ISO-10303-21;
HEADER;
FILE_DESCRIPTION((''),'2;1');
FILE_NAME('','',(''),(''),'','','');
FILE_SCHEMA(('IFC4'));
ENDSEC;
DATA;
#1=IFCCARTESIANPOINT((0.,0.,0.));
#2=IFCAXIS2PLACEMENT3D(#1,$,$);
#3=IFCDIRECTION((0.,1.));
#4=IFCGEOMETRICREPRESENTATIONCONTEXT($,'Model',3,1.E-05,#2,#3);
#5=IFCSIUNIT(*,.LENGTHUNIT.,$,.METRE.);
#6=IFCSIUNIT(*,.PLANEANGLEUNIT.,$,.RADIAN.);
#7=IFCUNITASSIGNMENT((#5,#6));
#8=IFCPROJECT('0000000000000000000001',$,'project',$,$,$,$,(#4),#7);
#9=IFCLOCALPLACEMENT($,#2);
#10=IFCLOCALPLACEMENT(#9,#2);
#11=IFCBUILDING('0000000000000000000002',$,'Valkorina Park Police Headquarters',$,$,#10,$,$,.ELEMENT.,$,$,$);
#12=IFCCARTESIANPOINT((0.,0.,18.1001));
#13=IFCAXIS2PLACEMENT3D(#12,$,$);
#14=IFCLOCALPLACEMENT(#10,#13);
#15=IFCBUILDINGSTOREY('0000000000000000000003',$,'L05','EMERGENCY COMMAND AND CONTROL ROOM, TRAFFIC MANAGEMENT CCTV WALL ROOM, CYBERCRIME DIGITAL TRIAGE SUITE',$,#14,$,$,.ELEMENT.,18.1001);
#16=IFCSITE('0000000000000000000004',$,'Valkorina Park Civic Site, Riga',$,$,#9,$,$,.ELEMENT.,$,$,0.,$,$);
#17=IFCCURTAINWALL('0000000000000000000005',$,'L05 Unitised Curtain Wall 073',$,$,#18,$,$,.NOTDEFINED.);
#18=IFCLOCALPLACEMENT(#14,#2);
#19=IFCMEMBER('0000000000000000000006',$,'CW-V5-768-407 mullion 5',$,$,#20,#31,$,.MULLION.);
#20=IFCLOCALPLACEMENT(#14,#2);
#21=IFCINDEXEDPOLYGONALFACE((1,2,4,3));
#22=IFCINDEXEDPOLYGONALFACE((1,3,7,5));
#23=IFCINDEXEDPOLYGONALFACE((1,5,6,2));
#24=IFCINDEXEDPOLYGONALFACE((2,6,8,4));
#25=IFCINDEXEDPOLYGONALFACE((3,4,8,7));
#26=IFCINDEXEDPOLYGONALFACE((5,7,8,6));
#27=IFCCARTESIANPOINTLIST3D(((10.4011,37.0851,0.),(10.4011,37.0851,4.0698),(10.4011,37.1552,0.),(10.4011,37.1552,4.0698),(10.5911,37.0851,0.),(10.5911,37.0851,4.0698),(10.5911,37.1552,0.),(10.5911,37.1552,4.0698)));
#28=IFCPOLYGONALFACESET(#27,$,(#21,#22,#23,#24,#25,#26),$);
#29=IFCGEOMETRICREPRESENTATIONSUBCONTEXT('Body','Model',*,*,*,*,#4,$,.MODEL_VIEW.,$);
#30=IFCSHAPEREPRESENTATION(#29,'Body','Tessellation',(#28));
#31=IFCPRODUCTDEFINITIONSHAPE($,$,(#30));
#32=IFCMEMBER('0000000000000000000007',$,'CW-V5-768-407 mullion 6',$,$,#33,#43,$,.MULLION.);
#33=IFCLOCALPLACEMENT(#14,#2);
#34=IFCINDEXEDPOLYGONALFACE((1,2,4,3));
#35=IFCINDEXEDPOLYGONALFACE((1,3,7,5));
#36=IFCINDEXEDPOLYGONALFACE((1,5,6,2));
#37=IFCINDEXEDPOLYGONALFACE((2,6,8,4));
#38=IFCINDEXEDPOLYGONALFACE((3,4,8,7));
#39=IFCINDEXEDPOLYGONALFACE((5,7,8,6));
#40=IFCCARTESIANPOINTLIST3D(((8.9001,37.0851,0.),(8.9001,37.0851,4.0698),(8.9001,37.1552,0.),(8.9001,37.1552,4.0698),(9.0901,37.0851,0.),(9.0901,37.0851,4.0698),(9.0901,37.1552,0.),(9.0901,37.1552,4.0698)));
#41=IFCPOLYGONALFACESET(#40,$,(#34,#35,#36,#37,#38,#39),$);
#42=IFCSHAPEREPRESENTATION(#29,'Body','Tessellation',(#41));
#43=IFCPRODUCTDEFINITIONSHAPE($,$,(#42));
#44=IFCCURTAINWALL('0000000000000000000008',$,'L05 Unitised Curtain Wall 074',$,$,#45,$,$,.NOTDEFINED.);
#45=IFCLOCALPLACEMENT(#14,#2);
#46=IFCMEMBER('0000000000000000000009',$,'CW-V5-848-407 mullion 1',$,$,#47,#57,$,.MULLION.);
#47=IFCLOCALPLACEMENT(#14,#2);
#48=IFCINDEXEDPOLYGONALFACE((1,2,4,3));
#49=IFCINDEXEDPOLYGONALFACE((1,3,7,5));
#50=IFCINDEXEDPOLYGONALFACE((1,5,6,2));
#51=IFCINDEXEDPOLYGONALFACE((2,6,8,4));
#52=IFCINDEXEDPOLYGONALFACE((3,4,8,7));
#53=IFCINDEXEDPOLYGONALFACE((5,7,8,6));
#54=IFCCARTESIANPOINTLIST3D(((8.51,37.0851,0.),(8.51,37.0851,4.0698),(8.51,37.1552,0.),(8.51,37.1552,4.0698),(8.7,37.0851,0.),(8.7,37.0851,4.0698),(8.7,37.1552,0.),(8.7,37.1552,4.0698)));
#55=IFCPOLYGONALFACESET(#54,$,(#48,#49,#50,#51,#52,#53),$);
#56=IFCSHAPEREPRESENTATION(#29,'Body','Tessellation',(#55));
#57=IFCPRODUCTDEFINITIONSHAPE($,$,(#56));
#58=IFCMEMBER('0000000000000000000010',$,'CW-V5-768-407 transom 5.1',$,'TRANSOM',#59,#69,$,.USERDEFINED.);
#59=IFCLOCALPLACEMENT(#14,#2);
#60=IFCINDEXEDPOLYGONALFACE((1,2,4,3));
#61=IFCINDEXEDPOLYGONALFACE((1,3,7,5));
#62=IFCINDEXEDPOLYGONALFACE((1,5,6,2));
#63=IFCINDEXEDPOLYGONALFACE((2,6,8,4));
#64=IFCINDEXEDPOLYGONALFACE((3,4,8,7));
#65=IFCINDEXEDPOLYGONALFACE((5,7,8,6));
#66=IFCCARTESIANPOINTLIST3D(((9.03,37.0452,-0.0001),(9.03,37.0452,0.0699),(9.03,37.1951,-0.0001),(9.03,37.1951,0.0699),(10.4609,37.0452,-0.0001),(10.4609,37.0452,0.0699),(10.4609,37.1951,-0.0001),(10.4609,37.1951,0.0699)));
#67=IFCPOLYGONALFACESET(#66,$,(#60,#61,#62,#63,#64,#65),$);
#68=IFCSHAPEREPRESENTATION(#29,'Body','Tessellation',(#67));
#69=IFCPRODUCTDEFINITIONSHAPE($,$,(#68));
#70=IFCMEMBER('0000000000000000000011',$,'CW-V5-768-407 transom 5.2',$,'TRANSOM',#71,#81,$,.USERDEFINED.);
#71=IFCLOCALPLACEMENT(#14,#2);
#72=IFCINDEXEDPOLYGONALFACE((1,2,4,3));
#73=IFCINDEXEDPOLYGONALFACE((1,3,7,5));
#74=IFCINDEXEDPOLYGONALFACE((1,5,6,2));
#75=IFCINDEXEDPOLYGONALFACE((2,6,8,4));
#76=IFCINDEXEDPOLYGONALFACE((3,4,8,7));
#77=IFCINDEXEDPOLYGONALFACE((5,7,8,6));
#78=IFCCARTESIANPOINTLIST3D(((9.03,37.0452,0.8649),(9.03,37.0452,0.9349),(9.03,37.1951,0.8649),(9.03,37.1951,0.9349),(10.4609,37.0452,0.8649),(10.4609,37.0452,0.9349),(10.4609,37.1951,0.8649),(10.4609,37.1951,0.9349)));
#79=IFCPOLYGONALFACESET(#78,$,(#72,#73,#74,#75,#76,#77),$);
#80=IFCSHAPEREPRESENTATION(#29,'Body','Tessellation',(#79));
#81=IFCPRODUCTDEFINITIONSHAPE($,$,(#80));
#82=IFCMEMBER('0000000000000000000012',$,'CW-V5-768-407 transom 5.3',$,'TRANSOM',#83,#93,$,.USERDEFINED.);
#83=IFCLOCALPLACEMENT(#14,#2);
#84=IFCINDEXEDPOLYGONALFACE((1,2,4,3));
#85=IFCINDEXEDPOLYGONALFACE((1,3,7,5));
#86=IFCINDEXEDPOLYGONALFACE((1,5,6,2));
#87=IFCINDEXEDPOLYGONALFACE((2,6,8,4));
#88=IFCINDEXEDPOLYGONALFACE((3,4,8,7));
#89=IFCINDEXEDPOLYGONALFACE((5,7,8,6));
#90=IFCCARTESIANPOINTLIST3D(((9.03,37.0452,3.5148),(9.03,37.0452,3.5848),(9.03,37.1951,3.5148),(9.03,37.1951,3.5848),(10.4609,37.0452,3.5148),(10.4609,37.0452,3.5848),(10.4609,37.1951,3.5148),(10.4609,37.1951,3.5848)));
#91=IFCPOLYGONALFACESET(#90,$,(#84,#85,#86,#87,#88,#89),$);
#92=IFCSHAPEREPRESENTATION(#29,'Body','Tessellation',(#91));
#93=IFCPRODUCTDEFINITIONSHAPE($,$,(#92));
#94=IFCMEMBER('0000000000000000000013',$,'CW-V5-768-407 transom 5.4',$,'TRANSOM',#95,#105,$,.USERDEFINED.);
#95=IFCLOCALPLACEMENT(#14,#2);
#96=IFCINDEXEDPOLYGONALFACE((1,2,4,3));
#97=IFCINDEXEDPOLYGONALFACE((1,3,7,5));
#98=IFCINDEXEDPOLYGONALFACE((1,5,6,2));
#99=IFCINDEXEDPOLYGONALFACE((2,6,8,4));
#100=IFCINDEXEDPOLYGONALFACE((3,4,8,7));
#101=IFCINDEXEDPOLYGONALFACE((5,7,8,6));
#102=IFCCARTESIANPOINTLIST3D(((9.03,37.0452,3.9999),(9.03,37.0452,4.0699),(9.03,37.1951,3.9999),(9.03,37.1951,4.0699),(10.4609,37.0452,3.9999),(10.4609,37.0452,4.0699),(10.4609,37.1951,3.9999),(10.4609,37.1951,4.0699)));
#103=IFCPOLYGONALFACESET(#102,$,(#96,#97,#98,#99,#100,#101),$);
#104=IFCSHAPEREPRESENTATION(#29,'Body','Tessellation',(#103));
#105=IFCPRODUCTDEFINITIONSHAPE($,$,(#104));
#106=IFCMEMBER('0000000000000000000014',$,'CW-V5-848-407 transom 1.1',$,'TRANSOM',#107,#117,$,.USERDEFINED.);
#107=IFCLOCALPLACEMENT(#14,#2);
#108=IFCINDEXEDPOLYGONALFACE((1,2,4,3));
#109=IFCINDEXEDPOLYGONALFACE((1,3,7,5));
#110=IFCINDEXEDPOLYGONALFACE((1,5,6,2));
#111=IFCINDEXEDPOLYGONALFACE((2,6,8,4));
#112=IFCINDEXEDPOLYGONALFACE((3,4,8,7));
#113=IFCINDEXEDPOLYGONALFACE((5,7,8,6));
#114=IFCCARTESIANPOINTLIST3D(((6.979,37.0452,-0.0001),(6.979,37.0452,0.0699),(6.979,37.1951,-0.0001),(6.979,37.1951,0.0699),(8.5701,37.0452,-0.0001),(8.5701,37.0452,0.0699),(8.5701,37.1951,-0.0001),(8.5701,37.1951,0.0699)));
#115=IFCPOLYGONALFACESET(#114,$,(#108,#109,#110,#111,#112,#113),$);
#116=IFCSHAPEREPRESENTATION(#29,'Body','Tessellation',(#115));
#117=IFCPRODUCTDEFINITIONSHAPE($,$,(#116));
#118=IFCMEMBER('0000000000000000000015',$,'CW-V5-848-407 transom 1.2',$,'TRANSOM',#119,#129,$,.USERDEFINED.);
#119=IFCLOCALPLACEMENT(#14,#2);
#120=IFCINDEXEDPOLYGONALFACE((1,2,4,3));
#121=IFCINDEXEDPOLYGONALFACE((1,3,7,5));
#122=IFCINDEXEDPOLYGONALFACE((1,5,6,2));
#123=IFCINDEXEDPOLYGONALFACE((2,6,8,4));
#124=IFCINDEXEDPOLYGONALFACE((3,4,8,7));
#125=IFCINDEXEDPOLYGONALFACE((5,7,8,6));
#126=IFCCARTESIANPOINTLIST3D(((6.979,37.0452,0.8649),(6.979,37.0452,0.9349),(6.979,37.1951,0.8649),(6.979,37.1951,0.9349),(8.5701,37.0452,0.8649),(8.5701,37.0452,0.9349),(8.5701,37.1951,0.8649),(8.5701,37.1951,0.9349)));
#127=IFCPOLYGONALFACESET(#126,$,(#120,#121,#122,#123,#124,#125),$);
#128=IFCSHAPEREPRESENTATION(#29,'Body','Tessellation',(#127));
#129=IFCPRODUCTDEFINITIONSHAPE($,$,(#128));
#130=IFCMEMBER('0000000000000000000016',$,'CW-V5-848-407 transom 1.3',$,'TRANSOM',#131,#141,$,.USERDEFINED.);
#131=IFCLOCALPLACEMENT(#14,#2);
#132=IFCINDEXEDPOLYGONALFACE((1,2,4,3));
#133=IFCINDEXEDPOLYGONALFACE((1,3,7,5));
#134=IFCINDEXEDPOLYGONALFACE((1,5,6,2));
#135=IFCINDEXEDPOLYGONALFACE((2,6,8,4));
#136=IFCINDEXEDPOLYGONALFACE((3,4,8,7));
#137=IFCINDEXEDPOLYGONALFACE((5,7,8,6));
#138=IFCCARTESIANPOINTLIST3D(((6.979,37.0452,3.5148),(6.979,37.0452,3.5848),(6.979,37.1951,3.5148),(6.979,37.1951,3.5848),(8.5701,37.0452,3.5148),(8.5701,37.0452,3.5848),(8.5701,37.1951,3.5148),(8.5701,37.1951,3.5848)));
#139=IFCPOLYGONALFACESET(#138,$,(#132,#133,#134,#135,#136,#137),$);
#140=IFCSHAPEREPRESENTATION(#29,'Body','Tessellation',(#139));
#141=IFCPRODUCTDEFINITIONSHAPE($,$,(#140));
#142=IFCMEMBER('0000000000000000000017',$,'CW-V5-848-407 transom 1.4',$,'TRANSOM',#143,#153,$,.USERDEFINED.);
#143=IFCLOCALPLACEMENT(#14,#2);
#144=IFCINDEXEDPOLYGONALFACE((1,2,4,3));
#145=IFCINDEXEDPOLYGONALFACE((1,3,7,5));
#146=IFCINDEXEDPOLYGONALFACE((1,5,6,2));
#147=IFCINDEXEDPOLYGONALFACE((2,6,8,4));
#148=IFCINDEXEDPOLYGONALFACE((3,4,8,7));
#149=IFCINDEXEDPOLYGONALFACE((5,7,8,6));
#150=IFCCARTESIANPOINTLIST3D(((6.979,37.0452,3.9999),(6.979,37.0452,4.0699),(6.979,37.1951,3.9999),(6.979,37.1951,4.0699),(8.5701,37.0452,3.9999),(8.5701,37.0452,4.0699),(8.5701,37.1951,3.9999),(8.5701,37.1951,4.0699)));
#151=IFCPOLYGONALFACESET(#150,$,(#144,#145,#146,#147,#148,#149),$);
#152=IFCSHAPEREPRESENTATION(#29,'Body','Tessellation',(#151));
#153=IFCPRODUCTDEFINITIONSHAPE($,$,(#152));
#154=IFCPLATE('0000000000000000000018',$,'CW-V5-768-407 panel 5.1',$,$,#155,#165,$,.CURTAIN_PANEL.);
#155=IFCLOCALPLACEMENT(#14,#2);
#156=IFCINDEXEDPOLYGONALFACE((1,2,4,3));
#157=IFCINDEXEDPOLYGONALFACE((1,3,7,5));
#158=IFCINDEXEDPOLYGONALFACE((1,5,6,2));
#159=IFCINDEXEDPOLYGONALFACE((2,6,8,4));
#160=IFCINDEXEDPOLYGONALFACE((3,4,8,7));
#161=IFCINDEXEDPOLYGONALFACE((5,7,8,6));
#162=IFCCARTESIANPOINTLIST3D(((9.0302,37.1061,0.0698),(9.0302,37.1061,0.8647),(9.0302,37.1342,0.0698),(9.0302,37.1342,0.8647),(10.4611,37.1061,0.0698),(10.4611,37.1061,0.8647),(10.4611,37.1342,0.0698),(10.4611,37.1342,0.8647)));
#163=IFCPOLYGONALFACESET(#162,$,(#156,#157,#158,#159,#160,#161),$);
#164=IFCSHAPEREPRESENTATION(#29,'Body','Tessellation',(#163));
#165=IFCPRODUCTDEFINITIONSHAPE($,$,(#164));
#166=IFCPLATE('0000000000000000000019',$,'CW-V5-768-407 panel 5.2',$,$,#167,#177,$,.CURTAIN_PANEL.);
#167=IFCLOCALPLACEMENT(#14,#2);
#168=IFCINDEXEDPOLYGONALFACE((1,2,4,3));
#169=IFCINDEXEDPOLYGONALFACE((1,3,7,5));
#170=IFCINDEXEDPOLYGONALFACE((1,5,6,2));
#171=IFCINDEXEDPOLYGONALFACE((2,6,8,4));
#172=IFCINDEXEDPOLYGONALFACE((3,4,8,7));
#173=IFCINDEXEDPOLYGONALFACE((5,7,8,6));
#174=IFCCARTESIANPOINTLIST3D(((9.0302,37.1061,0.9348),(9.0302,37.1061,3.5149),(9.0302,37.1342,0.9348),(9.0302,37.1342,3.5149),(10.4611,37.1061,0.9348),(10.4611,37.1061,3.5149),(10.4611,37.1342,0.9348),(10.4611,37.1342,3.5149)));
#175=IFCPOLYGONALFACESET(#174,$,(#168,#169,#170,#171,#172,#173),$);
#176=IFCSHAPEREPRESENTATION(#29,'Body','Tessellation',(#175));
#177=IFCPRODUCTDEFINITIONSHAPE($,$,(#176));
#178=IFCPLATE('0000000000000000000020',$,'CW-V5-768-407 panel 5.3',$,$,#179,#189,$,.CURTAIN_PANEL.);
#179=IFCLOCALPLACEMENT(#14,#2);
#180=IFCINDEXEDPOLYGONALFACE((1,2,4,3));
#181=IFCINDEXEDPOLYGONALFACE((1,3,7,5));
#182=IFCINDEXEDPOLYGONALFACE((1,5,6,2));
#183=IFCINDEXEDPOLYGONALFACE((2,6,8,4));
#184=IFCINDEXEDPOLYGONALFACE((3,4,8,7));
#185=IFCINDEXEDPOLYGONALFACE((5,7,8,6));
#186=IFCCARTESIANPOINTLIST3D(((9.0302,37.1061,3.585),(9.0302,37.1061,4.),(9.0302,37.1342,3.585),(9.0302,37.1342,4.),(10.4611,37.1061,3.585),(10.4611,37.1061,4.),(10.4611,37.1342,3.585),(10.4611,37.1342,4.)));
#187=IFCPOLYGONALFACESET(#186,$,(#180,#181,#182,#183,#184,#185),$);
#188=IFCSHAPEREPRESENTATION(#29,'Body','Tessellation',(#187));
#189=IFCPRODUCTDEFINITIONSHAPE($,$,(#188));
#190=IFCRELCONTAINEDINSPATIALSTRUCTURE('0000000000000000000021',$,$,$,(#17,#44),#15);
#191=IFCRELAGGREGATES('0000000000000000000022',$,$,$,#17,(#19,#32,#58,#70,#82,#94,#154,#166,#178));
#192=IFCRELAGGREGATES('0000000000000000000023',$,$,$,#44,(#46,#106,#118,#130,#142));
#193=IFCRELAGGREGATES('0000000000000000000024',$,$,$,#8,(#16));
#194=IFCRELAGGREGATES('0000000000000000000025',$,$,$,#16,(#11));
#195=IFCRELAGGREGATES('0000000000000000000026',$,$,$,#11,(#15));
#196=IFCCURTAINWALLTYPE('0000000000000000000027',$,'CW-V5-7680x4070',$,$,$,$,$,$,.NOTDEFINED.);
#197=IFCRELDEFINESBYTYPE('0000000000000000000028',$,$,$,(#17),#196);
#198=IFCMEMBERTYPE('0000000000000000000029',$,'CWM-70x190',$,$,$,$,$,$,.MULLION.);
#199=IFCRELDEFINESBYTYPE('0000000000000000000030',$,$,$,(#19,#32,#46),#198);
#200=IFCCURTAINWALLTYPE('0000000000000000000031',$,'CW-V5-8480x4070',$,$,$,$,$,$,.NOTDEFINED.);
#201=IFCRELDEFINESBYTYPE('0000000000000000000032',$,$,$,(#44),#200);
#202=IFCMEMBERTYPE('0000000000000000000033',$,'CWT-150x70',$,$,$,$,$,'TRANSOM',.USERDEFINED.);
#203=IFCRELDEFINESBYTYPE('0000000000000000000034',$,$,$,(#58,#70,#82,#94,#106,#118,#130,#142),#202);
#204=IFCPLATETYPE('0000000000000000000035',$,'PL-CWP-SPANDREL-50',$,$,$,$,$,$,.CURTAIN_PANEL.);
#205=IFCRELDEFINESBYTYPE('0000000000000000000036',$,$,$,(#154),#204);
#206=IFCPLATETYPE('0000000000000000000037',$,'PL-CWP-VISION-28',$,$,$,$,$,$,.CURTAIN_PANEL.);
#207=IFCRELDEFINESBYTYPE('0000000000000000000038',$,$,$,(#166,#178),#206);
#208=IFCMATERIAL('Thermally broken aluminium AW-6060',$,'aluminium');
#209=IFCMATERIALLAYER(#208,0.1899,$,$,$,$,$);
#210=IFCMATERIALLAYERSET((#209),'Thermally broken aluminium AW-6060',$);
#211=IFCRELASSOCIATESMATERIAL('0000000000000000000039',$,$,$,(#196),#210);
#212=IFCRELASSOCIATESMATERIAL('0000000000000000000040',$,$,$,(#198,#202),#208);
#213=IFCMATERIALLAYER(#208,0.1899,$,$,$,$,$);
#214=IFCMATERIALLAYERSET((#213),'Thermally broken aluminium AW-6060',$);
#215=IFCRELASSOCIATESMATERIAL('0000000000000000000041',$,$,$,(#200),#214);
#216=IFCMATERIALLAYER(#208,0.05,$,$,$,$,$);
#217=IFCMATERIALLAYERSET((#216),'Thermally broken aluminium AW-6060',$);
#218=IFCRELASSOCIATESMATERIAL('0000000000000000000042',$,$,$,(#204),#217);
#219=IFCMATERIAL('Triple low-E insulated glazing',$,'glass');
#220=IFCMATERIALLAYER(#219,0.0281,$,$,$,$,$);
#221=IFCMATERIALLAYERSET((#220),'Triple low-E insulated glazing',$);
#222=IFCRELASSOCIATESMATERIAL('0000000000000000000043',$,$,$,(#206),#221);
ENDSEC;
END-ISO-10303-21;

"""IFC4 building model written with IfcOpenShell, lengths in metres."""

from ifc_helpers import new_model, si_unit, direction, frame, origin, origin_2d, place, context, subcontext, project, spatial, rectangle, extrude, material, layer, layer_set, material_profile, profile_set, type_object, element, aggregate, save


model = new_model("IFC4")

# Units and contexts
model_context = context("Model", 3, precision=1e-05, world=origin(), true_north=direction((0.0, 1.0)))
body_context = subcontext(model_context, "Body", "Model", "MODEL_VIEW")
ifc_project = project(units=[si_unit("LENGTHUNIT", "METRE"), si_unit("PLANEANGLEUNIT", "RADIAN")], contexts=[model_context])

# Site, building, storey
site_placement = place(None, origin())
site = spatial("IfcSite", under=ifc_project, at=site_placement, Name="Valkorina Park Civic Site, Riga", CompositionType="ELEMENT", RefElevation=0.0)
building_placement = place(site_placement, origin())
building = spatial("IfcBuilding", under=site, at=building_placement, Name="Valkorina Park Police Headquarters", CompositionType="ELEMENT")
storey_placement = place(building_placement, frame((0.0, 0.0, 18.1001)))
storey = spatial("IfcBuildingStorey", under=building, at=storey_placement, Name="L05", Description="EMERGENCY COMMAND AND CONTROL ROOM, TRAFFIC MANAGEMENT CCTV WALL ROOM, CYBERCRIME DIGITAL TRIAGE SUITE", CompositionType="ELEMENT", Elevation=18.1001)

# Curtain wall, members
ifc_material_1 = material(Name="Thermally broken aluminium AW-6060", Category="aluminium")
ifc_layer_1 = layer(ifc_material_1, 0.1899)
ifc_layer_set_1 = layer_set([ifc_layer_1], Name="Thermally broken aluminium AW-6060")
curtain_wall_type_1 = type_object("IfcCurtainWallType", Name="CW-V5-7680x4070", PredefinedType="NOTDEFINED", material=ifc_layer_set_1)
curtain_wall_1_placement = place(storey_placement, origin())
curtain_wall_1 = element("IfcCurtainWall", 1, at=curtain_wall_1_placement, inside=storey, type_object=curtain_wall_type_1, Name="L05 Unitised Curtain Wall 073", PredefinedType="NOTDEFINED")
ifc_material_profile_1 = material_profile(ifc_material_1, rectangle(XDim=0.0701, YDim=0.1899, at=origin_2d()), Name="CWM-02 70x190")
ifc_profile_set_1 = profile_set([ifc_material_profile_1], Name="Thermally broken aluminium AW-6060")
member_type_1 = type_object("IfcMemberType", Name="CWM-70x190", PredefinedType="MULLION", material=ifc_profile_set_1)
member_1_placement = place(storey_placement, frame((10.4961, 37.1201, 0.0), z_axis=(0.0, 0.0, 1.0), x_axis=(0.0, -1.0, 0.0)))
member_1 = element("IfcMember", 2, at=member_1_placement, type_object=member_type_1, Name="CW-V5-768-407 mullion 5", PredefinedType="MULLION", context=body_context, shape_type="SweptSolid", body=[
    extrude(rectangle(XDim=0.0701, YDim=0.1899, at=origin_2d()), origin(), (0.0, 0.0, 1.0), 4.0698),
])
member_2_placement = place(storey_placement, frame((8.9951, 37.1201, 0.0), z_axis=(0.0, 0.0, 1.0), x_axis=(0.0, -1.0, 0.0)))
member_2 = element("IfcMember", 3, at=member_2_placement, type_object=member_type_1, Name="CW-V5-768-407 mullion 6", PredefinedType="MULLION", context=body_context, shape_type="SweptSolid", body=[
    extrude(rectangle(XDim=0.0701, YDim=0.1899, at=origin_2d()), origin(), (0.0, 0.0, 1.0), 4.0698),
])

# Curtain wall, member
ifc_layer_2 = layer(ifc_material_1, 0.1899)
ifc_layer_set_2 = layer_set([ifc_layer_2], Name="Thermally broken aluminium AW-6060")
curtain_wall_type_2 = type_object("IfcCurtainWallType", Name="CW-V5-8480x4070", PredefinedType="NOTDEFINED", material=ifc_layer_set_2)
curtain_wall_2_placement = place(storey_placement, origin())
curtain_wall_2 = element("IfcCurtainWall", 4, at=curtain_wall_2_placement, inside=storey, type_object=curtain_wall_type_2, Name="L05 Unitised Curtain Wall 074", PredefinedType="NOTDEFINED")
member_3_placement = place(storey_placement, frame((8.605, 37.1201, 0.0), z_axis=(0.0, 0.0, 1.0), x_axis=(0.0, -1.0, 0.0)))
member_3 = element("IfcMember", 5, at=member_3_placement, type_object=member_type_1, Name="CW-V5-848-407 mullion 1", PredefinedType="MULLION", context=body_context, shape_type="SweptSolid", body=[
    extrude(rectangle(XDim=0.0701, YDim=0.1899, at=origin_2d()), origin(), (0.0, 0.0, 1.0), 4.0698),
])

# Members
ifc_material_profile_2 = material_profile(ifc_material_1, rectangle(XDim=0.1499, YDim=0.0701, at=origin_2d()), Name="CWT-02 150x70")
ifc_profile_set_2 = profile_set([ifc_material_profile_2], Name="Thermally broken aluminium AW-6060")
member_type_2 = type_object("IfcMemberType", Name="CWT-150x70", ElementType="TRANSOM", PredefinedType="USERDEFINED", material=ifc_profile_set_2)
member_4_placement = place(storey_placement, frame((10.4609, 37.1201, 0.0349), z_axis=(-1.0, 0.0, 0.0), x_axis=(0.0, -1.0, 0.0)))
member_4 = element("IfcMember", 6, at=member_4_placement, type_object=member_type_2, Name="CW-V5-768-407 transom 5.1", ObjectType="TRANSOM", PredefinedType="USERDEFINED", context=body_context, shape_type="SweptSolid", body=[
    extrude(rectangle(XDim=0.1499, YDim=0.0701, at=origin_2d()), origin(), (0.0, 0.0, 1.0), 1.4309),
])
member_5_placement = place(storey_placement, frame((10.4609, 37.1201, 0.8999), z_axis=(-1.0, 0.0, 0.0), x_axis=(0.0, -1.0, 0.0)))
member_5 = element("IfcMember", 7, at=member_5_placement, type_object=member_type_2, Name="CW-V5-768-407 transom 5.2", ObjectType="TRANSOM", PredefinedType="USERDEFINED", context=body_context, shape_type="SweptSolid", body=[
    extrude(rectangle(XDim=0.1499, YDim=0.0701, at=origin_2d()), origin(), (0.0, 0.0, 1.0), 1.4309),
])
member_6_placement = place(storey_placement, frame((10.4609, 37.1201, 3.5498), z_axis=(-1.0, 0.0, 0.0), x_axis=(0.0, -1.0, 0.0)))
member_6 = element("IfcMember", 8, at=member_6_placement, type_object=member_type_2, Name="CW-V5-768-407 transom 5.3", ObjectType="TRANSOM", PredefinedType="USERDEFINED", context=body_context, shape_type="SweptSolid", body=[
    extrude(rectangle(XDim=0.1499, YDim=0.0701, at=origin_2d()), origin(), (0.0, 0.0, 1.0), 1.4309),
])
member_7_placement = place(storey_placement, frame((10.4609, 37.1201, 4.0349), z_axis=(-1.0, 0.0, 0.0), x_axis=(0.0, -1.0, 0.0)))
member_7 = element("IfcMember", 9, at=member_7_placement, type_object=member_type_2, Name="CW-V5-768-407 transom 5.4", ObjectType="TRANSOM", PredefinedType="USERDEFINED", context=body_context, shape_type="SweptSolid", body=[
    extrude(rectangle(XDim=0.1499, YDim=0.0701, at=origin_2d()), origin(), (0.0, 0.0, 1.0), 1.4309),
])
member_8_placement = place(storey_placement, frame((8.5701, 37.1201, 0.0349), z_axis=(-1.0, 0.0, 0.0), x_axis=(0.0, -1.0, 0.0)))
member_8 = element("IfcMember", 10, at=member_8_placement, type_object=member_type_2, Name="CW-V5-848-407 transom 1.1", ObjectType="TRANSOM", PredefinedType="USERDEFINED", context=body_context, shape_type="SweptSolid", body=[
    extrude(rectangle(XDim=0.1499, YDim=0.0701, at=origin_2d()), origin(), (0.0, 0.0, 1.0), 1.5911),
])
member_9_placement = place(storey_placement, frame((8.5701, 37.1201, 0.8999), z_axis=(-1.0, 0.0, 0.0), x_axis=(0.0, -1.0, 0.0)))
member_9 = element("IfcMember", 11, at=member_9_placement, type_object=member_type_2, Name="CW-V5-848-407 transom 1.2", ObjectType="TRANSOM", PredefinedType="USERDEFINED", context=body_context, shape_type="SweptSolid", body=[
    extrude(rectangle(XDim=0.1499, YDim=0.0701, at=origin_2d()), origin(), (0.0, 0.0, 1.0), 1.5911),
])
member_10_placement = place(storey_placement, frame((8.5701, 37.1201, 3.5498), z_axis=(-1.0, 0.0, 0.0), x_axis=(0.0, -1.0, 0.0)))
member_10 = element("IfcMember", 12, at=member_10_placement, type_object=member_type_2, Name="CW-V5-848-407 transom 1.3", ObjectType="TRANSOM", PredefinedType="USERDEFINED", context=body_context, shape_type="SweptSolid", body=[
    extrude(rectangle(XDim=0.1499, YDim=0.0701, at=origin_2d()), origin(), (0.0, 0.0, 1.0), 1.5911),
])
member_11_placement = place(storey_placement, frame((8.5701, 37.1201, 4.0349), z_axis=(-1.0, 0.0, 0.0), x_axis=(0.0, -1.0, 0.0)))
member_11 = element("IfcMember", 13, at=member_11_placement, type_object=member_type_2, Name="CW-V5-848-407 transom 1.4", ObjectType="TRANSOM", PredefinedType="USERDEFINED", context=body_context, shape_type="SweptSolid", body=[
    extrude(rectangle(XDim=0.1499, YDim=0.0701, at=origin_2d()), origin(), (0.0, 0.0, 1.0), 1.5911),
])

# Plates
ifc_layer_3 = layer(ifc_material_1, 0.05)
ifc_layer_set_3 = layer_set([ifc_layer_3], Name="Thermally broken aluminium AW-6060")
plate_type_1 = type_object("IfcPlateType", Name="PL-CWP-SPANDREL-50", PredefinedType="CURTAIN_PANEL", material=ifc_layer_set_3)
plate_1_placement = place(storey_placement, frame((9.7456, 37.1201, 0.0698), z_axis=(0.0, 0.0, 1.0), x_axis=(-1.0, 0.0, 0.0)))
plate_1 = element("IfcPlate", 14, at=plate_1_placement, type_object=plate_type_1, Name="CW-V5-768-407 panel 5.1", PredefinedType="CURTAIN_PANEL", context=body_context, shape_type="SweptSolid", body=[
    extrude(rectangle(XDim=1.4309, YDim=0.0281, at=origin_2d()), origin(), (0.0, 0.0, 1.0), 0.7949),
])
ifc_material_2 = material(Name="Triple low-E insulated glazing", Category="glass")
ifc_layer_4 = layer(ifc_material_2, 0.0281)
ifc_layer_set_4 = layer_set([ifc_layer_4], Name="Triple low-E insulated glazing")
plate_type_2 = type_object("IfcPlateType", Name="PL-CWP-VISION-28", PredefinedType="CURTAIN_PANEL", material=ifc_layer_set_4)
plate_2_placement = place(storey_placement, frame((9.7456, 37.1201, 0.9348), z_axis=(0.0, 0.0, 1.0), x_axis=(-1.0, 0.0, 0.0)))
plate_2 = element("IfcPlate", 15, at=plate_2_placement, type_object=plate_type_2, Name="CW-V5-768-407 panel 5.2", PredefinedType="CURTAIN_PANEL", context=body_context, shape_type="SweptSolid", body=[
    extrude(rectangle(XDim=1.4309, YDim=0.0281, at=origin_2d()), origin(), (0.0, 0.0, 1.0), 2.5801),
])
plate_3_placement = place(storey_placement, frame((9.7456, 37.1201, 3.585), z_axis=(0.0, 0.0, 1.0), x_axis=(-1.0, 0.0, 0.0)))
plate_3 = element("IfcPlate", 16, at=plate_3_placement, type_object=plate_type_2, Name="CW-V5-768-407 panel 5.3", PredefinedType="CURTAIN_PANEL", context=body_context, shape_type="SweptSolid", body=[
    extrude(rectangle(XDim=1.4309, YDim=0.0281, at=origin_2d()), origin(), (0.0, 0.0, 1.0), 0.415),
])
aggregate(curtain_wall_1, [member_1, member_2, member_4, member_5, member_6, member_7, plate_1, plate_2, plate_3])
aggregate(curtain_wall_2, [member_3, member_8, member_9, member_10, member_11])

save(model, "model.ifc")
